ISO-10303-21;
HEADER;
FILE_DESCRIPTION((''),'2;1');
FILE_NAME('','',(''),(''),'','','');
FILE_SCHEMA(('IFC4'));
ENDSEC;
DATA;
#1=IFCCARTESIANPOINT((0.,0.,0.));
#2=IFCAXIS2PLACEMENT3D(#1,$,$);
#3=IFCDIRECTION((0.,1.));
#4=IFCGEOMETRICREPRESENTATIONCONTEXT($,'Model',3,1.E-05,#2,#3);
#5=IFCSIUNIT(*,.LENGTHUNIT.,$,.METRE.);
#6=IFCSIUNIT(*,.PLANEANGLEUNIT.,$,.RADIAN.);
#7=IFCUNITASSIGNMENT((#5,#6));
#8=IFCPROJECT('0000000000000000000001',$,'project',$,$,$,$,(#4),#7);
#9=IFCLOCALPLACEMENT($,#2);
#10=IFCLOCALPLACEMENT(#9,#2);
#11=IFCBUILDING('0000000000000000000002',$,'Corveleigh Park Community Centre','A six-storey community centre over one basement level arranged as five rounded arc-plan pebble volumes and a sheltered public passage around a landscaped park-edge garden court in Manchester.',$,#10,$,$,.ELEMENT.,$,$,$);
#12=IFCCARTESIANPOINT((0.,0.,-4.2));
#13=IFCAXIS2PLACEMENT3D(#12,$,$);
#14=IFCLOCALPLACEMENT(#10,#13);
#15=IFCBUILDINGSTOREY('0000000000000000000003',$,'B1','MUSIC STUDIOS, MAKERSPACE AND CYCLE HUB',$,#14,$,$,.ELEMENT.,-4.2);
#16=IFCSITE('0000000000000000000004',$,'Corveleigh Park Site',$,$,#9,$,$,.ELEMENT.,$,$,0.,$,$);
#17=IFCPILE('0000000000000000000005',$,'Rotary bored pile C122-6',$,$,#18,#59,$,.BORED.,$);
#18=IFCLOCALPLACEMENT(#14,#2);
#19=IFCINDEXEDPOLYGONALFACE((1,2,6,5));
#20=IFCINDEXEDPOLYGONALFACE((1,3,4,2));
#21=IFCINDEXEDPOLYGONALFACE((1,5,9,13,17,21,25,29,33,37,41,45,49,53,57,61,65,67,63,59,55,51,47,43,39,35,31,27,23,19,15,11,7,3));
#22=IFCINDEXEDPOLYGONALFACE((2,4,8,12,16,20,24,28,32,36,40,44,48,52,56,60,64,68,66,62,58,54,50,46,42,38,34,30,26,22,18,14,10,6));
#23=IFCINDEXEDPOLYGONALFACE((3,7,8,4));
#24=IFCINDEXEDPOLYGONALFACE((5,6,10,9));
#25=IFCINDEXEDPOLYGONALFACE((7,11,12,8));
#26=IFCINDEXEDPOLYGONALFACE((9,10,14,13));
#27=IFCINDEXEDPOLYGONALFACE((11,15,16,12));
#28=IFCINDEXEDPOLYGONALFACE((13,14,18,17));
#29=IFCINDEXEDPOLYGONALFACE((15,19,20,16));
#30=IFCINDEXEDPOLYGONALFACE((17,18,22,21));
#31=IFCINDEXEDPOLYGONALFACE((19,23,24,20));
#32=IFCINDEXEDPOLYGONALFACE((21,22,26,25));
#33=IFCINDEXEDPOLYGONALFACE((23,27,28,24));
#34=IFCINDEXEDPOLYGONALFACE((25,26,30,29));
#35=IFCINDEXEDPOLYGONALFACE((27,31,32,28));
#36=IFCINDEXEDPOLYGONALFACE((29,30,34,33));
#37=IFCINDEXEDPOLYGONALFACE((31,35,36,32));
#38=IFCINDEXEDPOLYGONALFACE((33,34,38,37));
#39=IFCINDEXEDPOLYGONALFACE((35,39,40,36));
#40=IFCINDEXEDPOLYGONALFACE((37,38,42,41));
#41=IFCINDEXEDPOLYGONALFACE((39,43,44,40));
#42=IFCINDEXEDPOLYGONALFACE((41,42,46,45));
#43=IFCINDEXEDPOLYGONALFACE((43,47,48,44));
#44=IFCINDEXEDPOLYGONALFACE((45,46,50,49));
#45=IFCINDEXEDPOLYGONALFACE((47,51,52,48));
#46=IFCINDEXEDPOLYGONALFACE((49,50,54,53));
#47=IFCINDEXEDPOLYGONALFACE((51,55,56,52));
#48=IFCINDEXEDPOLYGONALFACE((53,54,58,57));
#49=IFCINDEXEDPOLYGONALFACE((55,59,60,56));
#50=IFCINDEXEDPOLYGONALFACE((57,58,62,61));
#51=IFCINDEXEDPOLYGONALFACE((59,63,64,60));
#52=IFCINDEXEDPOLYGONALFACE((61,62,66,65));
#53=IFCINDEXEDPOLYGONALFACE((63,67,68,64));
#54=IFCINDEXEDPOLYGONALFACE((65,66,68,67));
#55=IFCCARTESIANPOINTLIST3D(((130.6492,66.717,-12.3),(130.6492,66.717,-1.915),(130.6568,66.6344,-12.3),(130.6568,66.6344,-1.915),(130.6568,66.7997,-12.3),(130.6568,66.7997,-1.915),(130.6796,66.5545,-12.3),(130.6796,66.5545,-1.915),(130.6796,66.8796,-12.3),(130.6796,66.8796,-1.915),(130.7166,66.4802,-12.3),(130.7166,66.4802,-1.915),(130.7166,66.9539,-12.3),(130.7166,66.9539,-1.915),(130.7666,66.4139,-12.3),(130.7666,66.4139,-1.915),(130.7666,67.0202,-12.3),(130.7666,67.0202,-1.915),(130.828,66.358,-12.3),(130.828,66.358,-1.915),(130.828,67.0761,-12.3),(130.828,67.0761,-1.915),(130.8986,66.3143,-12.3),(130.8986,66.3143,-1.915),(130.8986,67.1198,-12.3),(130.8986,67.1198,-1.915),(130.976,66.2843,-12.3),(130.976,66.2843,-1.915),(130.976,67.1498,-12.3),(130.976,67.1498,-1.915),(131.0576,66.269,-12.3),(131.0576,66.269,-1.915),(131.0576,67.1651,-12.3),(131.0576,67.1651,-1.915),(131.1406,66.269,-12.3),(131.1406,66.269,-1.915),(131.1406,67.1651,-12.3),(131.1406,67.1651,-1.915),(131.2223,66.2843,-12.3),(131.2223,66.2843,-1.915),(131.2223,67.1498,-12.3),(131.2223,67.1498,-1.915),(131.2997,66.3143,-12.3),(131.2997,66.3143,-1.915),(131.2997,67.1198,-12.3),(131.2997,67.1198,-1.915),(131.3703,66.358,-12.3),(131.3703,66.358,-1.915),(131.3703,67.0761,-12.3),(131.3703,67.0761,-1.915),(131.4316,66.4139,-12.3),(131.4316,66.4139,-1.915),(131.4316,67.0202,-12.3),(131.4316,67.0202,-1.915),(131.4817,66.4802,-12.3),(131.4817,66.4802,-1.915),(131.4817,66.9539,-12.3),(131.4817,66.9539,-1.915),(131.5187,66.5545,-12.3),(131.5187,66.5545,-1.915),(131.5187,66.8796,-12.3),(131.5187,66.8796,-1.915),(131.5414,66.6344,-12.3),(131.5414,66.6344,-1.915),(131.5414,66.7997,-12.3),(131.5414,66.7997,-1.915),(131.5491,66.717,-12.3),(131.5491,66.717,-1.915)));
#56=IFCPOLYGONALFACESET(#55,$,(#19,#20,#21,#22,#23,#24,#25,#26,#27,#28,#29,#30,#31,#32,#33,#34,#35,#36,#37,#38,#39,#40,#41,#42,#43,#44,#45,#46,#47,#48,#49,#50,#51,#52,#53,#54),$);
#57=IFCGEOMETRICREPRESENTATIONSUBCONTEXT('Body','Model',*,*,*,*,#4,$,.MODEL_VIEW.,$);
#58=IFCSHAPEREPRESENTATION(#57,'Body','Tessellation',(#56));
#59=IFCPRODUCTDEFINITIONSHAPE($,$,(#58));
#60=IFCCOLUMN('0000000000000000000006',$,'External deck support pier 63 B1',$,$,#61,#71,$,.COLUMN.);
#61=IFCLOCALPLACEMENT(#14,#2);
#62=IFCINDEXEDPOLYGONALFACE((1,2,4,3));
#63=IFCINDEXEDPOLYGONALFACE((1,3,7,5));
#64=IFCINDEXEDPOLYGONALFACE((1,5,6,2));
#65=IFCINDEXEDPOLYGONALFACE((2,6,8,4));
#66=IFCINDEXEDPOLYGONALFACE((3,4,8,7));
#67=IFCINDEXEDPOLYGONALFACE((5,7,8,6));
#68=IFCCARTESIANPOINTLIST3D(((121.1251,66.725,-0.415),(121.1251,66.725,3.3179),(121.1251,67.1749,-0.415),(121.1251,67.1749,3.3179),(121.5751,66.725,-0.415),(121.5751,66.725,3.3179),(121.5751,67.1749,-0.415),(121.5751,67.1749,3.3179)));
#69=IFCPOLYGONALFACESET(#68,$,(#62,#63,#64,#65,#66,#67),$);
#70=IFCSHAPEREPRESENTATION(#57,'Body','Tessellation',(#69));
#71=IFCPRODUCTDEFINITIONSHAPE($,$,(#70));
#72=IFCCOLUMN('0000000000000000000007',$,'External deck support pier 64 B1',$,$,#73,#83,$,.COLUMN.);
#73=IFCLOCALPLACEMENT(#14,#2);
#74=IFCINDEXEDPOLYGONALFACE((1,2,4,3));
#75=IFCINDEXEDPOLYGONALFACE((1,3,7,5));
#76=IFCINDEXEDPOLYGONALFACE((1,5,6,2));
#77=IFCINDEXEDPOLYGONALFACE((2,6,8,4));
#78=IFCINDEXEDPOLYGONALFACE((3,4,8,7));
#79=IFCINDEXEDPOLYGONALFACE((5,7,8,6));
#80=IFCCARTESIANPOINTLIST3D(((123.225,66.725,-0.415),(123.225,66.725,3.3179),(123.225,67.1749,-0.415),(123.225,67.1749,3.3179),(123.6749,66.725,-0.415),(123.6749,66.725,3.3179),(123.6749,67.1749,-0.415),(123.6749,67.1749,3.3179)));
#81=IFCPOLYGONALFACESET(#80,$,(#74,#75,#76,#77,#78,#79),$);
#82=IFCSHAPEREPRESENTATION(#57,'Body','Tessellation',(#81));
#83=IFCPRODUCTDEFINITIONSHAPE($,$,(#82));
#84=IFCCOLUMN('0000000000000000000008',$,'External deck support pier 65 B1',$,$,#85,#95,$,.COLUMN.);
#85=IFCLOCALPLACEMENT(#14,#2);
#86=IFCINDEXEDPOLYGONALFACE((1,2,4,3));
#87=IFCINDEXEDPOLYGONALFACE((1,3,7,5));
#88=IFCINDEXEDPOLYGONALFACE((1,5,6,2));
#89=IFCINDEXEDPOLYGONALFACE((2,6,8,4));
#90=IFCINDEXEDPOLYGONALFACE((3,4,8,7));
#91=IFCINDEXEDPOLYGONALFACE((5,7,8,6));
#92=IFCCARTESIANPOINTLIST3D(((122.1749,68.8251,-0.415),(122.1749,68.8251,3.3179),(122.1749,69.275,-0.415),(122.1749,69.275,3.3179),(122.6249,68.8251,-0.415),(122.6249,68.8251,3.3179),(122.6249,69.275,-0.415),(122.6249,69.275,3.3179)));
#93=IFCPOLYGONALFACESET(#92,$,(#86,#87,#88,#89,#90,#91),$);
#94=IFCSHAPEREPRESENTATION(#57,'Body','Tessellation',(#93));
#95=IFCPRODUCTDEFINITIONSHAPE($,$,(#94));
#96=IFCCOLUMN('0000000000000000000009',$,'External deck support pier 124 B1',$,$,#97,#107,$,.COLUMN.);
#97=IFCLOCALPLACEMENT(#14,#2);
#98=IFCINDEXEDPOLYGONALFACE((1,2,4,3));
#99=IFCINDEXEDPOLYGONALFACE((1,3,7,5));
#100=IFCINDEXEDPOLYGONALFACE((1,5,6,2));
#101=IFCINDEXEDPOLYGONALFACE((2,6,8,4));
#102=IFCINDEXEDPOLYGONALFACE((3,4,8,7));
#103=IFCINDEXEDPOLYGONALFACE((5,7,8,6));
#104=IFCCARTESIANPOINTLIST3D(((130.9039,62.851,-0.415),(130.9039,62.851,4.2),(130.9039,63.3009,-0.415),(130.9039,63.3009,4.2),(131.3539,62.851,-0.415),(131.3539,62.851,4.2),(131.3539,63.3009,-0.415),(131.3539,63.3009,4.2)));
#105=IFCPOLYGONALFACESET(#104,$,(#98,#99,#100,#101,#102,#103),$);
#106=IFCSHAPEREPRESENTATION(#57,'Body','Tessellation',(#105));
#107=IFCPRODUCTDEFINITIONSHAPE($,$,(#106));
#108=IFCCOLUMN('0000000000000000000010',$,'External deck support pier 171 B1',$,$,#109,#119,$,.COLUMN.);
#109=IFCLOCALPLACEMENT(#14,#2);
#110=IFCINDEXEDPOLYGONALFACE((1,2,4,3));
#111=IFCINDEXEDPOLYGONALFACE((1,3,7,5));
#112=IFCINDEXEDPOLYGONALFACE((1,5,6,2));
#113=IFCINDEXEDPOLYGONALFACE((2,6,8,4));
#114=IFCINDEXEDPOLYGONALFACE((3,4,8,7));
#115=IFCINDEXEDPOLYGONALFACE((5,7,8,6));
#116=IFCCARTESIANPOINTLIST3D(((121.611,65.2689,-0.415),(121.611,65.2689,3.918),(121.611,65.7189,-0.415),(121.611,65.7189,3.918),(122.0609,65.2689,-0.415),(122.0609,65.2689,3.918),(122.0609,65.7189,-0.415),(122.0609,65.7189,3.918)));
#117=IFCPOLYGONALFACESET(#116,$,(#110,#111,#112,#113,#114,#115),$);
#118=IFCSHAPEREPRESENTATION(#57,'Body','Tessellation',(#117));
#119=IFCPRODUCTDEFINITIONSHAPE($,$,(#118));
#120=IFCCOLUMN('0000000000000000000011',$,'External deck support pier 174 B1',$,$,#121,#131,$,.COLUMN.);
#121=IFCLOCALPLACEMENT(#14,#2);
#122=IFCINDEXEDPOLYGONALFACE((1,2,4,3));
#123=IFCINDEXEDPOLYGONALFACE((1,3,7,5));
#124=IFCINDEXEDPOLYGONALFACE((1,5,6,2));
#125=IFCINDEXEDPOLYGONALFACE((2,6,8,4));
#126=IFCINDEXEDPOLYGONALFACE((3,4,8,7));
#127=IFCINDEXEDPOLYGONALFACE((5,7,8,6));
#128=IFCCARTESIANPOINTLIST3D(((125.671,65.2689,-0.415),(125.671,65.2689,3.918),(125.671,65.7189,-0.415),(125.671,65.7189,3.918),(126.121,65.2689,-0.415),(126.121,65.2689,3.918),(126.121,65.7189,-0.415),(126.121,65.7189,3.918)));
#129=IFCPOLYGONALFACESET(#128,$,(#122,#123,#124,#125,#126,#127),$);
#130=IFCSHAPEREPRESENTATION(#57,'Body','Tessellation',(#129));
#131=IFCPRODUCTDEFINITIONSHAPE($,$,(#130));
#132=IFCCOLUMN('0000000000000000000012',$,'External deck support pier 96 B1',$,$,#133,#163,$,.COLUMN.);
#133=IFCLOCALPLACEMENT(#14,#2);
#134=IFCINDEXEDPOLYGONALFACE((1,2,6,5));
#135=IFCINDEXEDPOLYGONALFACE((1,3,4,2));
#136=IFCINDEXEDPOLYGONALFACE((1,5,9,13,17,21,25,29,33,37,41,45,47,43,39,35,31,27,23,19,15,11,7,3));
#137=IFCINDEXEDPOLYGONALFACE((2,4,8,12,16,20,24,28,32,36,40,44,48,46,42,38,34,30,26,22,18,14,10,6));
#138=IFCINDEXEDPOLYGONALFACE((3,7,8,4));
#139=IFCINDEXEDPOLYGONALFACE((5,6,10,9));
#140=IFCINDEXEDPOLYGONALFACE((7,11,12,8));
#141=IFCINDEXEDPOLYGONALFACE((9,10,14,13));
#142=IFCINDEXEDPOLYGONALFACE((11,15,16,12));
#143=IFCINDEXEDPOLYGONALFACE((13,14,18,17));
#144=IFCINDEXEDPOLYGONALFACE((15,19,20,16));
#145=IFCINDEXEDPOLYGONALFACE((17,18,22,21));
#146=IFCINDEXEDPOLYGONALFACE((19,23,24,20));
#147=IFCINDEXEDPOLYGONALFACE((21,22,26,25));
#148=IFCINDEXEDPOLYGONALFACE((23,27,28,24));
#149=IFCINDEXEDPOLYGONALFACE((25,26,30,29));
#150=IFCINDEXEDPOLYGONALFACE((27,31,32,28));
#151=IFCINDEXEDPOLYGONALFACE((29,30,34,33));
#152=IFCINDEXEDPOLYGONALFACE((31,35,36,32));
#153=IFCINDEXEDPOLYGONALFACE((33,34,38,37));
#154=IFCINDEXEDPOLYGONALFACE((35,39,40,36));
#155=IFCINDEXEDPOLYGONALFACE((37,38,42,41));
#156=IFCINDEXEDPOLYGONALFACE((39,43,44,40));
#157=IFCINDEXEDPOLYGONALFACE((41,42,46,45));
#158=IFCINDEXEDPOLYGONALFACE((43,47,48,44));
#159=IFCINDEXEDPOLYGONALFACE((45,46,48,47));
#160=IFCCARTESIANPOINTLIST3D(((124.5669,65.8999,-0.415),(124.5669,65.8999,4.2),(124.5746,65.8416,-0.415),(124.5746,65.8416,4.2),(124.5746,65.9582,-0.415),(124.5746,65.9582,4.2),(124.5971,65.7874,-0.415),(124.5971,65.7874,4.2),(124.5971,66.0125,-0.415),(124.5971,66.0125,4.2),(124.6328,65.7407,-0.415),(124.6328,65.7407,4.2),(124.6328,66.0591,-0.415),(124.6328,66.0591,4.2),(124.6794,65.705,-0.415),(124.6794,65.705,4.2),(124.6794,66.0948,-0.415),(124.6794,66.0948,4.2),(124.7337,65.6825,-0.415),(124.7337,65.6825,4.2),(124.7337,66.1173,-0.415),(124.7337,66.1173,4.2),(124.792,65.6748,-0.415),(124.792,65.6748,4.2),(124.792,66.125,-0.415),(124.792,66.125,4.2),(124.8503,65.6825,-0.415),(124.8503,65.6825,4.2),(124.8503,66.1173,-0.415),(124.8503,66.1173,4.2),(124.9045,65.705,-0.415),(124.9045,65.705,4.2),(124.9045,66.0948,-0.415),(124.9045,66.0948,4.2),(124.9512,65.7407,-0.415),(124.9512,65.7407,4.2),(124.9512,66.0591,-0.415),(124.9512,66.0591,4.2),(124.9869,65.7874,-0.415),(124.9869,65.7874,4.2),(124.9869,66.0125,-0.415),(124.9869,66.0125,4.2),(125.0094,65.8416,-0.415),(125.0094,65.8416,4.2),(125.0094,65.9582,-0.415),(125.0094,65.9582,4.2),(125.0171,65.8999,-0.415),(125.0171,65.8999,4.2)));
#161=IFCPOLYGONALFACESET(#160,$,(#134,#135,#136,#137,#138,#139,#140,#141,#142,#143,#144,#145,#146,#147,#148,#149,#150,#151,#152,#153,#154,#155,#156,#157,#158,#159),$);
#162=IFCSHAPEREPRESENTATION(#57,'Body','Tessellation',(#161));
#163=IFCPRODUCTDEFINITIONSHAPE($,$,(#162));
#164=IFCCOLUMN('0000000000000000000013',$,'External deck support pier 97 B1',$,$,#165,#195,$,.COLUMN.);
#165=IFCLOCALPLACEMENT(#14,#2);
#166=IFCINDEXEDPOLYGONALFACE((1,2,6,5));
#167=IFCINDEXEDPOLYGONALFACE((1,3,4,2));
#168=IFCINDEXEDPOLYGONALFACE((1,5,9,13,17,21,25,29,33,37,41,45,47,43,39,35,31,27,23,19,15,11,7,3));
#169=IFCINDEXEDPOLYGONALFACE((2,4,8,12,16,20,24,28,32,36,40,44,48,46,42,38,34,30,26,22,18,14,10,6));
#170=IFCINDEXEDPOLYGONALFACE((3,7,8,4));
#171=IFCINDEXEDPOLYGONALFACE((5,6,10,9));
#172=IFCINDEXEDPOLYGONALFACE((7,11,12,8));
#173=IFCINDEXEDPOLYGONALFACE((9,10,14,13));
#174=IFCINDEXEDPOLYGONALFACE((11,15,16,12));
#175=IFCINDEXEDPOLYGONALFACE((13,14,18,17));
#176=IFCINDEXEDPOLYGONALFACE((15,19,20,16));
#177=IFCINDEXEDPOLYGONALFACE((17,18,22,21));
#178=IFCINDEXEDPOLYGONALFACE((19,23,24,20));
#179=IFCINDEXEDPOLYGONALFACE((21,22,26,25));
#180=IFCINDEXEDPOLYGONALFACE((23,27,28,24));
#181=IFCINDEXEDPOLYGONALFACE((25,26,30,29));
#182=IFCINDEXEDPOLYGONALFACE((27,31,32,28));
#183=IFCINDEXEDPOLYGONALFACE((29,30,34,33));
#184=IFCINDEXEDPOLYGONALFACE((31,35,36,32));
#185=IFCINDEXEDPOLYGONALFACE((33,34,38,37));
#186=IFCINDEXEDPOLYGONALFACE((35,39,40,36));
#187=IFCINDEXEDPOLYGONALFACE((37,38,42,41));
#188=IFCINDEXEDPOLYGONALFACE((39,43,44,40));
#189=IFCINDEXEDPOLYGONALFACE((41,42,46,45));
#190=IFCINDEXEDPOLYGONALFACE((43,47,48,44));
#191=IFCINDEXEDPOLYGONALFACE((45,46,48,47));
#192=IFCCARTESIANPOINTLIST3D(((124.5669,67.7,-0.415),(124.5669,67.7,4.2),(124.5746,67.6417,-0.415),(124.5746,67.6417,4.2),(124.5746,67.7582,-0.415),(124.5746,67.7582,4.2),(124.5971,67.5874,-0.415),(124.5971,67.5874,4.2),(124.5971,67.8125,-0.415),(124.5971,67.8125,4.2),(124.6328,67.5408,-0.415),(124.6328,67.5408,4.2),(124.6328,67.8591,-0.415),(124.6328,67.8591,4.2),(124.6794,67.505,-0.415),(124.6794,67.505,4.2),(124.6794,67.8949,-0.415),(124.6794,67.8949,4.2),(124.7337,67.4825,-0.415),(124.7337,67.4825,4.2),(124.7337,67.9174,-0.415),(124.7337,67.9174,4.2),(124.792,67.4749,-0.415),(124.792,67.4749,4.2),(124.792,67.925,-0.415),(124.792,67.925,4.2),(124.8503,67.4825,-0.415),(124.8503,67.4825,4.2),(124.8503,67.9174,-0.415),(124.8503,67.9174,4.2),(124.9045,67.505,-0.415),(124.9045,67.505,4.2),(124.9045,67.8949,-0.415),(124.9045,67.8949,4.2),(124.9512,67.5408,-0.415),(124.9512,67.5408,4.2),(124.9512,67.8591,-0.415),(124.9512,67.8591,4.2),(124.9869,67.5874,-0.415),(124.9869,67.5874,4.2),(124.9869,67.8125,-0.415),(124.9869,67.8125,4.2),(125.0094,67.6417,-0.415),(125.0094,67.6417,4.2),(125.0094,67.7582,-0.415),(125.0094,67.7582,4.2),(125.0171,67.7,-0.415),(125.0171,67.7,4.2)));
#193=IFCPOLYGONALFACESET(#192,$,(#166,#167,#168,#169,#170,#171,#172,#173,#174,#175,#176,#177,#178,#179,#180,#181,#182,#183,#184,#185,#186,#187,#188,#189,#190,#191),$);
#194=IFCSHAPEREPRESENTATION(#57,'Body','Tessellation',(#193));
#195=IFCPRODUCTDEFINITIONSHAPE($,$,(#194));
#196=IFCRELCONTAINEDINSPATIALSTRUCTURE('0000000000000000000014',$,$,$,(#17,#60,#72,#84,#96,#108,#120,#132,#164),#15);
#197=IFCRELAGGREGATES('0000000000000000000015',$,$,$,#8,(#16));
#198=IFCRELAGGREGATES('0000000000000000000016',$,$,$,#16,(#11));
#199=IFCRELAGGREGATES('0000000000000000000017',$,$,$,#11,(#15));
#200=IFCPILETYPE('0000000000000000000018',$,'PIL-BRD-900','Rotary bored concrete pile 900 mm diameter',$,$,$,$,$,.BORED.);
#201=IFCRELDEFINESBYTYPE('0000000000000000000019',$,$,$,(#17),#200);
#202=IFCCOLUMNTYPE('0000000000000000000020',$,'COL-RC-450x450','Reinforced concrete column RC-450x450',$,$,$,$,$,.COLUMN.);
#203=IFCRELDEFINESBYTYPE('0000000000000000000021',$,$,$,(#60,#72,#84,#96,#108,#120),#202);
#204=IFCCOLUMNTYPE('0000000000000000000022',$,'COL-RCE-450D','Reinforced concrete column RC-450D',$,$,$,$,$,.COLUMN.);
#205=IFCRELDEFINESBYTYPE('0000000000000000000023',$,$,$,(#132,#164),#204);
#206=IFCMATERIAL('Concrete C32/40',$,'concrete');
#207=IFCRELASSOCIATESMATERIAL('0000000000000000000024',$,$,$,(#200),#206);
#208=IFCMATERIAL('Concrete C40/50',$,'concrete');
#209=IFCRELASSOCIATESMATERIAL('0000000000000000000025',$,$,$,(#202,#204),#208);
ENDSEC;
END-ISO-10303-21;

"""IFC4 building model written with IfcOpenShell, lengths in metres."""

from ifc_helpers import new_model, si_unit, direction, frame, origin, origin_2d, place, context, subcontext, project, spatial, rectangle, circle, extrude, material, material_profile, profile_set, type_object, element, save


model = new_model("IFC4")

# Units and contexts
model_context = context("Model", 3, precision=1e-05, world=origin(), true_north=direction((0.0, 1.0)))
body_context = subcontext(model_context, "Body", "Model", "MODEL_VIEW")
ifc_project = project(units=[si_unit("LENGTHUNIT", "METRE"), si_unit("PLANEANGLEUNIT", "RADIAN")], contexts=[model_context])

# Site, building, storey
site_placement = place(None, origin())
site = spatial("IfcSite", under=ifc_project, at=site_placement, Name="Corveleigh Park Site", CompositionType="ELEMENT", RefElevation=0.0)
building_placement = place(site_placement, origin())
building = spatial("IfcBuilding", under=site, at=building_placement, Name="Corveleigh Park Community Centre", Description="A six-storey community centre over one basement level arranged as five rounded arc-plan pebble volumes and a sheltered public passage around a landscaped park-edge garden court in Manchester.", CompositionType="ELEMENT")
storey_placement = place(building_placement, frame((0.0, 0.0, -4.2)))
storey = spatial("IfcBuildingStorey", under=building, at=storey_placement, Name="B1", Description="MUSIC STUDIOS, MAKERSPACE AND CYCLE HUB", CompositionType="ELEMENT", Elevation=-4.2)

# Shared definitions
ifc_material_1 = material(Name="Concrete C40/50", Category="concrete")

# Pile
ifc_material_2 = material(Name="Concrete C32/40", Category="concrete")
ifc_material_profile_1 = material_profile(ifc_material_2, circle(Radius=0.45, at=origin_2d()), Name="BORED-PILE-900", Category="concrete")
ifc_profile_set_1 = profile_set([ifc_material_profile_1], Name="Concrete C32/40")
pile_type = type_object("IfcPileType", Name="PIL-BRD-900", Description="Rotary bored concrete pile 900 mm diameter", PredefinedType="BORED", material=ifc_profile_set_1)
for number, where, z_axis, x_axis, name in (
    (1, (131.0991, 66.717, -1.915), (0.0, 0.0, -1.0), (1.0, 0.0, 0.0), "Rotary bored pile C122-6"),
):
    element("IfcPile", number, at=place(storey_placement, frame(where, z_axis=z_axis, x_axis=x_axis)), inside=storey, type_object=pile_type, Name=name, PredefinedType="BORED", context=body_context, shape_type="SweptSolid", body=[
        extrude(circle(Radius=0.45, at=origin_2d()), origin(), (0.0, 0.0, 1.0), 10.385),
    ])

# Columns
ifc_material_profile_2 = material_profile(ifc_material_1, rectangle(XDim=0.45, YDim=0.45, at=origin_2d()), Name="RC-450x450", Category="concrete")
ifc_profile_set_2 = profile_set([ifc_material_profile_2], Name="Concrete C40/50")
column_type_1 = type_object("IfcColumnType", Name="COL-RC-450x450", Description="Reinforced concrete column RC-450x450", PredefinedType="COLUMN", material=ifc_profile_set_2)
for number, where, z_axis, x_axis, name in (
    (2, (121.3501, 66.95, -0.415), (0.0, 0.0, 1.0), (1.0, 0.0, 0.0), "External deck support pier 63 B1"),
    (3, (123.45, 66.95, -0.415), (0.0, 0.0, 1.0), (1.0, 0.0, 0.0), "External deck support pier 64 B1"),
    (4, (122.3999, 69.05, -0.415), (0.0, 0.0, 1.0), (1.0, 0.0, 0.0), "External deck support pier 65 B1"),
):
    element("IfcColumn", number, at=place(storey_placement, frame(where, z_axis=z_axis, x_axis=x_axis)), inside=storey, type_object=column_type_1, Name=name, PredefinedType="COLUMN", context=body_context, shape_type="SweptSolid", body=[
        extrude(rectangle(XDim=0.45, YDim=0.45, at=origin_2d()), origin(), (0.0, 0.0, 1.0), 3.7329),
    ])
column_1_placement = place(storey_placement, frame((131.1289, 63.0759, -0.415), z_axis=(0.0, 0.0, 1.0), x_axis=(1.0, 0.0, 0.0)))
element("IfcColumn", 5, at=column_1_placement, inside=storey, type_object=column_type_1, Name="External deck support pier 124 B1", PredefinedType="COLUMN", context=body_context, shape_type="SweptSolid", body=[
    extrude(rectangle(XDim=0.45, YDim=0.45, at=origin_2d()), origin(), (0.0, 0.0, 1.0), 4.615),
])
for number, where, z_axis, x_axis, name in (
    (6, (121.8359, 65.4939, -0.415), (0.0, 0.0, 1.0), (1.0, 0.0, 0.0), "External deck support pier 171 B1"),
    (7, (125.896, 65.4939, -0.415), (0.0, 0.0, 1.0), (1.0, 0.0, 0.0), "External deck support pier 174 B1"),
):
    element("IfcColumn", number, at=place(storey_placement, frame(where, z_axis=z_axis, x_axis=x_axis)), inside=storey, type_object=column_type_1, Name=name, PredefinedType="COLUMN", context=body_context, shape_type="SweptSolid", body=[
        extrude(rectangle(XDim=0.45, YDim=0.45, at=origin_2d()), origin(), (0.0, 0.0, 1.0), 4.333),
    ])
ifc_material_profile_3 = material_profile(ifc_material_1, circle(Radius=0.2251, at=origin_2d()), Name="RC-450D", Category="concrete")
ifc_profile_set_3 = profile_set([ifc_material_profile_3], Name="Concrete C40/50")
column_type_2 = type_object("IfcColumnType", Name="COL-RCE-450D", Description="Reinforced concrete column RC-450D", PredefinedType="COLUMN", material=ifc_profile_set_3)
for number, where, z_axis, x_axis, name in (
    (8, (124.792, 65.8999, -0.415), (0.0, 0.0, 1.0), (1.0, 0.0, 0.0), "External deck support pier 96 B1"),
    (9, (124.792, 67.7, -0.415), (0.0, 0.0, 1.0), (1.0, 0.0, 0.0), "External deck support pier 97 B1"),
):
    element("IfcColumn", number, at=place(storey_placement, frame(where, z_axis=z_axis, x_axis=x_axis)), inside=storey, type_object=column_type_2, Name=name, PredefinedType="COLUMN", context=body_context, shape_type="SweptSolid", body=[
        extrude(circle(Radius=0.2251, at=origin_2d()), origin(), (0.0, 0.0, 1.0), 4.615),
    ])

save(model, "model.ifc")
